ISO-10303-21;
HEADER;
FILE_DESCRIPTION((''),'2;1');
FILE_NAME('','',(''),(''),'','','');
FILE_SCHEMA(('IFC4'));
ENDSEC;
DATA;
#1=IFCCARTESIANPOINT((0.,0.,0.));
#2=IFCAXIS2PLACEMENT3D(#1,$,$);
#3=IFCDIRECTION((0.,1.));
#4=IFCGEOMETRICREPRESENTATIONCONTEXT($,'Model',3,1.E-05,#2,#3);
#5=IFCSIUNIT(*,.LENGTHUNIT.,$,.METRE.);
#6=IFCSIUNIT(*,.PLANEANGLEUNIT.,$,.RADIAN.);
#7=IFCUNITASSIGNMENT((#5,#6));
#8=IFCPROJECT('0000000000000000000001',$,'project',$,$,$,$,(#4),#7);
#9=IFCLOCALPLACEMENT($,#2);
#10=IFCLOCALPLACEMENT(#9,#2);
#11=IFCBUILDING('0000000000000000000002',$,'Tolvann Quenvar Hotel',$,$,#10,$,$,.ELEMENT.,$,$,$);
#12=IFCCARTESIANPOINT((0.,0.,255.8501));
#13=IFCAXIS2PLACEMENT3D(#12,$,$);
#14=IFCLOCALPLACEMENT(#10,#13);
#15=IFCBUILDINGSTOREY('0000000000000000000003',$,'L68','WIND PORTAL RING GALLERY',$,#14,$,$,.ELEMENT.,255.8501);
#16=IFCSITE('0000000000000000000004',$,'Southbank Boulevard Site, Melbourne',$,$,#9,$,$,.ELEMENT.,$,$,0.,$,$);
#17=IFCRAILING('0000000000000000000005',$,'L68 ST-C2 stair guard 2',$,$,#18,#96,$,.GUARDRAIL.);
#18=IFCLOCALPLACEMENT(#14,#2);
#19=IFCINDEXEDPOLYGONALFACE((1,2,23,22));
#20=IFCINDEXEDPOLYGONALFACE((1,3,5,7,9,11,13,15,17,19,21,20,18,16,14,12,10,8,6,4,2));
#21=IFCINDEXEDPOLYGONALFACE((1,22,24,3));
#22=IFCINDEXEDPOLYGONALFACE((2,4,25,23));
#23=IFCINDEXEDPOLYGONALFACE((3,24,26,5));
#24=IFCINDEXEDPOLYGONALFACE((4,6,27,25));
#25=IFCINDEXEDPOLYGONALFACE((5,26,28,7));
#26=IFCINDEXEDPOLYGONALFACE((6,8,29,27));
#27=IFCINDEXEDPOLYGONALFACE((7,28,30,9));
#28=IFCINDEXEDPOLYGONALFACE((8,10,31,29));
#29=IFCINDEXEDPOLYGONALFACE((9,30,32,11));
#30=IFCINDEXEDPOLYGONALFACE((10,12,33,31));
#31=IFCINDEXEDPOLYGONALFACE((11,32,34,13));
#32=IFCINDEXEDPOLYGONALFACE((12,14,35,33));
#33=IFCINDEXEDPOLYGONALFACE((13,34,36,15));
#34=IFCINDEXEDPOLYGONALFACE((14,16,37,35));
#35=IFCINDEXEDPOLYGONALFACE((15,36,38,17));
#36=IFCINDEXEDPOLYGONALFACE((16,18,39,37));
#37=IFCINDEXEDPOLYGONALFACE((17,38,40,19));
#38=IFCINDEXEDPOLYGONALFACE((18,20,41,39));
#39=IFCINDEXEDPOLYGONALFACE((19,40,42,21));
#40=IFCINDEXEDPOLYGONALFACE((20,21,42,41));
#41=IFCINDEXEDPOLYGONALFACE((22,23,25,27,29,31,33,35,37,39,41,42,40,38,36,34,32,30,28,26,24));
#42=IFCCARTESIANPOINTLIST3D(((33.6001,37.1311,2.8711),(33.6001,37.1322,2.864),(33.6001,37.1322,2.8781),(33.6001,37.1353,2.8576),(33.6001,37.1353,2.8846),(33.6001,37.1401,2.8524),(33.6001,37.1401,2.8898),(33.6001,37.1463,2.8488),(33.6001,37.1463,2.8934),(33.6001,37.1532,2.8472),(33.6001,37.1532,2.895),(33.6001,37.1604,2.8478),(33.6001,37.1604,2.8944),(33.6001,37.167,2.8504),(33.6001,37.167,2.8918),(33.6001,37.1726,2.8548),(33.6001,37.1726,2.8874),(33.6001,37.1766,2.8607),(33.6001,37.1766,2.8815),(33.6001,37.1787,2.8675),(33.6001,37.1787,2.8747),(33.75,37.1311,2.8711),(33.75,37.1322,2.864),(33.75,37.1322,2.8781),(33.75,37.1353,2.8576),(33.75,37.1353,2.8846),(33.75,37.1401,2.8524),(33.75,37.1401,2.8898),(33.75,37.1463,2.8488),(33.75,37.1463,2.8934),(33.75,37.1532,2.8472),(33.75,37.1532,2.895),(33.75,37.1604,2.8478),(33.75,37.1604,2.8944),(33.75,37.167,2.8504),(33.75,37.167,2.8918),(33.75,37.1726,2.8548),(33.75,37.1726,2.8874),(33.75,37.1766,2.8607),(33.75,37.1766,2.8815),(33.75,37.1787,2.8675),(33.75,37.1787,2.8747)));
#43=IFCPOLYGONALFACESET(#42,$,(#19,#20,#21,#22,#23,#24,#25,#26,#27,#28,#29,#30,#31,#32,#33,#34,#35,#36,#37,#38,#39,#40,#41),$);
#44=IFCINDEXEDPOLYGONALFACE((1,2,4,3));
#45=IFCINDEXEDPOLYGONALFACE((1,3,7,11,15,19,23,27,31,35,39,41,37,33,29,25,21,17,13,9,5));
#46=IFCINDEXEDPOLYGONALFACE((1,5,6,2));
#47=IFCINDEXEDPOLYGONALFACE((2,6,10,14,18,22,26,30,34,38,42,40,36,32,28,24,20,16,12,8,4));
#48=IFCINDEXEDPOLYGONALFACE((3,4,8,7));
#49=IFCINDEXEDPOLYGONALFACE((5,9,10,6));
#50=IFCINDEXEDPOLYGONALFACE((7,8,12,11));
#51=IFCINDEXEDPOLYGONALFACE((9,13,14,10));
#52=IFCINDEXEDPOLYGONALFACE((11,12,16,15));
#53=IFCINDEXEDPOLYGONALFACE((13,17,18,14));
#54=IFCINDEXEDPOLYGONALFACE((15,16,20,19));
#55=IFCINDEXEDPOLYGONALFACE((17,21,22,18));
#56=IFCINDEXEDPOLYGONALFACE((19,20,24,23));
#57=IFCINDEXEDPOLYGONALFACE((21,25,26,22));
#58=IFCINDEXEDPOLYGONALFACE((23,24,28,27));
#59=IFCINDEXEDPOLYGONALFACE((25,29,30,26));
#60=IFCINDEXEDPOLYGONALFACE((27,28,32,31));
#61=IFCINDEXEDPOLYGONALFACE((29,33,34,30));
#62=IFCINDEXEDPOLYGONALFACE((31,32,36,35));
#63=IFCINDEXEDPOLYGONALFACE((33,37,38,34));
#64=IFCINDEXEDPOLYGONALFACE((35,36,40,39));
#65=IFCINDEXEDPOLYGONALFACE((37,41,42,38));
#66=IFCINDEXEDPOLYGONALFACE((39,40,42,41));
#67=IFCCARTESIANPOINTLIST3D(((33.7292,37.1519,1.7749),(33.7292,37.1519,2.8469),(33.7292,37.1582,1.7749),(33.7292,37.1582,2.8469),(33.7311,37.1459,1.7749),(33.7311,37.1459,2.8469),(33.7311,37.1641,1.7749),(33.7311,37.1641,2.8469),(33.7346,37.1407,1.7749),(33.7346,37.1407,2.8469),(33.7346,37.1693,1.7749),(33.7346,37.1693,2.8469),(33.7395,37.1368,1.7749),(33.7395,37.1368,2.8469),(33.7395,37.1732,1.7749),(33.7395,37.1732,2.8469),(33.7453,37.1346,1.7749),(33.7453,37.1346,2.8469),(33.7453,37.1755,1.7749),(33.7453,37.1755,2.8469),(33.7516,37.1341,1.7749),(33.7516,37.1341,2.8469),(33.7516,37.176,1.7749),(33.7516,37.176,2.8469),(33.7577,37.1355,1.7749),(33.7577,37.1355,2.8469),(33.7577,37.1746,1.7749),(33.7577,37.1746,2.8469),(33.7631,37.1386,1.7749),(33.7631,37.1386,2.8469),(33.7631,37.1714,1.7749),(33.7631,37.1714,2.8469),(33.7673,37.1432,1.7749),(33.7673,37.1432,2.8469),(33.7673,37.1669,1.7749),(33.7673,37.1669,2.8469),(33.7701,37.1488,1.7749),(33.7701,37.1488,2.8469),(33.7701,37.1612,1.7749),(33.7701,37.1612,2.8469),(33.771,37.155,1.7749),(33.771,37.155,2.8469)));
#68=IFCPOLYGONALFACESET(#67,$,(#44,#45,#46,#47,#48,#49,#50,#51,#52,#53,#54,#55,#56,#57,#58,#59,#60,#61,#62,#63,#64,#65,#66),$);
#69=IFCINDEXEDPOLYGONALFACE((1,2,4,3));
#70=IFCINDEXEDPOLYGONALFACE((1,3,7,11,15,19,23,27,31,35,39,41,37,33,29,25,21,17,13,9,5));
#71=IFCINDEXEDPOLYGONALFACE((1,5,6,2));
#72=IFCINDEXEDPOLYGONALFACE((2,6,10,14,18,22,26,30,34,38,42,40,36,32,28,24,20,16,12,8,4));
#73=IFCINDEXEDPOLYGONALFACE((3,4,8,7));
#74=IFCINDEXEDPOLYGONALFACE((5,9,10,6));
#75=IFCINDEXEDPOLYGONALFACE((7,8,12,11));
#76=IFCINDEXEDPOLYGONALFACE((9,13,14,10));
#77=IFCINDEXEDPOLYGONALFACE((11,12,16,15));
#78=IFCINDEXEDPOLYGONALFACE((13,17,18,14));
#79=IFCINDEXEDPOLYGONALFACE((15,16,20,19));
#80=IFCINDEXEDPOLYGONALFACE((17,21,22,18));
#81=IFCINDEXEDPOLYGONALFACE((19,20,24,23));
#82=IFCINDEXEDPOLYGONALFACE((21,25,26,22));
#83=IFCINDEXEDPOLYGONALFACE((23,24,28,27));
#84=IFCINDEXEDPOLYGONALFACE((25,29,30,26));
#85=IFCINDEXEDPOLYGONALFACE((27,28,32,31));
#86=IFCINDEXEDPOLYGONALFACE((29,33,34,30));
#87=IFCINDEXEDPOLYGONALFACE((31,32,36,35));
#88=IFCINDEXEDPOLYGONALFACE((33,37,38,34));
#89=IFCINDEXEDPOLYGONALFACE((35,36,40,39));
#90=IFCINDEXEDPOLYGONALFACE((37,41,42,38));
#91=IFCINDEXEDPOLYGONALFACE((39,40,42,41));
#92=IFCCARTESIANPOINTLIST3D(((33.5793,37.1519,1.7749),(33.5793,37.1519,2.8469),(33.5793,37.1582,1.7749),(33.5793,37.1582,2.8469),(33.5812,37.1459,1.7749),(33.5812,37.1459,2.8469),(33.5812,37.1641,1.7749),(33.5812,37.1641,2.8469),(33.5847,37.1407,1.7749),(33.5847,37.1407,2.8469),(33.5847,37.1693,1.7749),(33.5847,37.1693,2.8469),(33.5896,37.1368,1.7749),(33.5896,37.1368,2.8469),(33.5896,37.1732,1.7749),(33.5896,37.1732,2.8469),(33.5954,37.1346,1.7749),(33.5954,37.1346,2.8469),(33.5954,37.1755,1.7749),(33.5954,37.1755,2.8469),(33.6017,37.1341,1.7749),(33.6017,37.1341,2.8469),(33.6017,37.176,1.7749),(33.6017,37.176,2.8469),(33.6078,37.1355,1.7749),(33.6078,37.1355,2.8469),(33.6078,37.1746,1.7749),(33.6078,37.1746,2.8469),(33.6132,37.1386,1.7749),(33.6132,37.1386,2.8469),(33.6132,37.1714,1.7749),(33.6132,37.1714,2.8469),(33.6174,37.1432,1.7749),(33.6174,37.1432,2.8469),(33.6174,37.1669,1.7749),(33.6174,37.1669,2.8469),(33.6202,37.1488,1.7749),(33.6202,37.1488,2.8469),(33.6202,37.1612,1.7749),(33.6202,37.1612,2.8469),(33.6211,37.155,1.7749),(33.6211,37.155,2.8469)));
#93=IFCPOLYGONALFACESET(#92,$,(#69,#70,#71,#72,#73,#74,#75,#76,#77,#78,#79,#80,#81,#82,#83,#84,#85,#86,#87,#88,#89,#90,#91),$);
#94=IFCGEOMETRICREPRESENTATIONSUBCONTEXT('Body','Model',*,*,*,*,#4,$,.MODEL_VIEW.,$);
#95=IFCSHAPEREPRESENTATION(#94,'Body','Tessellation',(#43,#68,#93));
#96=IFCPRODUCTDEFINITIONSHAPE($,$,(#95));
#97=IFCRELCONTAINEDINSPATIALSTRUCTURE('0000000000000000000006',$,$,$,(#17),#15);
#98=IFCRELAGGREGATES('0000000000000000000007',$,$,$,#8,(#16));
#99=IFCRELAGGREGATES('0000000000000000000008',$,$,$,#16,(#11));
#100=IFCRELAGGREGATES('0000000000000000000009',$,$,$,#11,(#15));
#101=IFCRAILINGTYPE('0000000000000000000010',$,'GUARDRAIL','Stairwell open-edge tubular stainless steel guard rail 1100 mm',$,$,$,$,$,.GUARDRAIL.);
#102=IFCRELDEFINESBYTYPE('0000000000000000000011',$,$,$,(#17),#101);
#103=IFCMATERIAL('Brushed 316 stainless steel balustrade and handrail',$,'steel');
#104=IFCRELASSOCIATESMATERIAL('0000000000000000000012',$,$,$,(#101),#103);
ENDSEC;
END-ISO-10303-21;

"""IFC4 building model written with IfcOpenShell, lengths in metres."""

from ifc_helpers import new_model, si_unit, direction, frame, origin, origin_2d, place, context, subcontext, project, spatial, circle, extrude, material, type_object, element, save


model = new_model("IFC4")

# Units and contexts
model_context = context("Model", 3, precision=1e-05, world=origin(), true_north=direction((0.0, 1.0)))
body_context = subcontext(model_context, "Body", "Model", "MODEL_VIEW")
ifc_project = project(units=[si_unit("LENGTHUNIT", "METRE"), si_unit("PLANEANGLEUNIT", "RADIAN")], contexts=[model_context])

# Site, building, storey
site_placement = place(None, origin())
site = spatial("IfcSite", under=ifc_project, at=site_placement, Name="Southbank Boulevard Site, Melbourne", CompositionType="ELEMENT", RefElevation=0.0)
building_placement = place(site_placement, origin())
building = spatial("IfcBuilding", under=site, at=building_placement, Name="Tolvann Quenvar Hotel", CompositionType="ELEMENT")
storey_placement = place(building_placement, frame((0.0, 0.0, 255.8501)))
storey = spatial("IfcBuildingStorey", under=building, at=storey_placement, Name="L68", Description="WIND PORTAL RING GALLERY", CompositionType="ELEMENT", Elevation=255.8501)

# Railing
ifc_material_1 = material(Name="Brushed 316 stainless steel balustrade and handrail", Category="steel")
railing_type_1 = type_object("IfcRailingType", Name="GUARDRAIL", Description="Stairwell open-edge tubular stainless steel guard rail 1100 mm", PredefinedType="GUARDRAIL", material=ifc_material_1)
railing_1_placement = place(storey_placement, frame((33.75, 37.155, 1.7749)))
element("IfcRailing", 1, at=railing_1_placement, inside=storey, type_object=railing_type_1, Name="L68 ST-C2 stair guard 2", PredefinedType="GUARDRAIL", context=body_context, shape_type="SweptSolid", body=[
    extrude(circle(Radius=0.0239, at=origin_2d()), frame((0.0, 0.0, 1.0962), z_axis=(-1.0, 0.0, 0.0), x_axis=(0.0, -1.0, 0.0)), (0.0, 0.0, 1.0), 0.1499),
    extrude(circle(Radius=0.021, at=origin_2d()), origin(), (0.0, 0.0, 1.0), 1.072),
    extrude(circle(Radius=0.021, at=origin_2d()), frame((-0.1499, 0.0, 0.0)), (0.0, 0.0, 1.0), 1.072),
])

save(model, "model.ifc")
